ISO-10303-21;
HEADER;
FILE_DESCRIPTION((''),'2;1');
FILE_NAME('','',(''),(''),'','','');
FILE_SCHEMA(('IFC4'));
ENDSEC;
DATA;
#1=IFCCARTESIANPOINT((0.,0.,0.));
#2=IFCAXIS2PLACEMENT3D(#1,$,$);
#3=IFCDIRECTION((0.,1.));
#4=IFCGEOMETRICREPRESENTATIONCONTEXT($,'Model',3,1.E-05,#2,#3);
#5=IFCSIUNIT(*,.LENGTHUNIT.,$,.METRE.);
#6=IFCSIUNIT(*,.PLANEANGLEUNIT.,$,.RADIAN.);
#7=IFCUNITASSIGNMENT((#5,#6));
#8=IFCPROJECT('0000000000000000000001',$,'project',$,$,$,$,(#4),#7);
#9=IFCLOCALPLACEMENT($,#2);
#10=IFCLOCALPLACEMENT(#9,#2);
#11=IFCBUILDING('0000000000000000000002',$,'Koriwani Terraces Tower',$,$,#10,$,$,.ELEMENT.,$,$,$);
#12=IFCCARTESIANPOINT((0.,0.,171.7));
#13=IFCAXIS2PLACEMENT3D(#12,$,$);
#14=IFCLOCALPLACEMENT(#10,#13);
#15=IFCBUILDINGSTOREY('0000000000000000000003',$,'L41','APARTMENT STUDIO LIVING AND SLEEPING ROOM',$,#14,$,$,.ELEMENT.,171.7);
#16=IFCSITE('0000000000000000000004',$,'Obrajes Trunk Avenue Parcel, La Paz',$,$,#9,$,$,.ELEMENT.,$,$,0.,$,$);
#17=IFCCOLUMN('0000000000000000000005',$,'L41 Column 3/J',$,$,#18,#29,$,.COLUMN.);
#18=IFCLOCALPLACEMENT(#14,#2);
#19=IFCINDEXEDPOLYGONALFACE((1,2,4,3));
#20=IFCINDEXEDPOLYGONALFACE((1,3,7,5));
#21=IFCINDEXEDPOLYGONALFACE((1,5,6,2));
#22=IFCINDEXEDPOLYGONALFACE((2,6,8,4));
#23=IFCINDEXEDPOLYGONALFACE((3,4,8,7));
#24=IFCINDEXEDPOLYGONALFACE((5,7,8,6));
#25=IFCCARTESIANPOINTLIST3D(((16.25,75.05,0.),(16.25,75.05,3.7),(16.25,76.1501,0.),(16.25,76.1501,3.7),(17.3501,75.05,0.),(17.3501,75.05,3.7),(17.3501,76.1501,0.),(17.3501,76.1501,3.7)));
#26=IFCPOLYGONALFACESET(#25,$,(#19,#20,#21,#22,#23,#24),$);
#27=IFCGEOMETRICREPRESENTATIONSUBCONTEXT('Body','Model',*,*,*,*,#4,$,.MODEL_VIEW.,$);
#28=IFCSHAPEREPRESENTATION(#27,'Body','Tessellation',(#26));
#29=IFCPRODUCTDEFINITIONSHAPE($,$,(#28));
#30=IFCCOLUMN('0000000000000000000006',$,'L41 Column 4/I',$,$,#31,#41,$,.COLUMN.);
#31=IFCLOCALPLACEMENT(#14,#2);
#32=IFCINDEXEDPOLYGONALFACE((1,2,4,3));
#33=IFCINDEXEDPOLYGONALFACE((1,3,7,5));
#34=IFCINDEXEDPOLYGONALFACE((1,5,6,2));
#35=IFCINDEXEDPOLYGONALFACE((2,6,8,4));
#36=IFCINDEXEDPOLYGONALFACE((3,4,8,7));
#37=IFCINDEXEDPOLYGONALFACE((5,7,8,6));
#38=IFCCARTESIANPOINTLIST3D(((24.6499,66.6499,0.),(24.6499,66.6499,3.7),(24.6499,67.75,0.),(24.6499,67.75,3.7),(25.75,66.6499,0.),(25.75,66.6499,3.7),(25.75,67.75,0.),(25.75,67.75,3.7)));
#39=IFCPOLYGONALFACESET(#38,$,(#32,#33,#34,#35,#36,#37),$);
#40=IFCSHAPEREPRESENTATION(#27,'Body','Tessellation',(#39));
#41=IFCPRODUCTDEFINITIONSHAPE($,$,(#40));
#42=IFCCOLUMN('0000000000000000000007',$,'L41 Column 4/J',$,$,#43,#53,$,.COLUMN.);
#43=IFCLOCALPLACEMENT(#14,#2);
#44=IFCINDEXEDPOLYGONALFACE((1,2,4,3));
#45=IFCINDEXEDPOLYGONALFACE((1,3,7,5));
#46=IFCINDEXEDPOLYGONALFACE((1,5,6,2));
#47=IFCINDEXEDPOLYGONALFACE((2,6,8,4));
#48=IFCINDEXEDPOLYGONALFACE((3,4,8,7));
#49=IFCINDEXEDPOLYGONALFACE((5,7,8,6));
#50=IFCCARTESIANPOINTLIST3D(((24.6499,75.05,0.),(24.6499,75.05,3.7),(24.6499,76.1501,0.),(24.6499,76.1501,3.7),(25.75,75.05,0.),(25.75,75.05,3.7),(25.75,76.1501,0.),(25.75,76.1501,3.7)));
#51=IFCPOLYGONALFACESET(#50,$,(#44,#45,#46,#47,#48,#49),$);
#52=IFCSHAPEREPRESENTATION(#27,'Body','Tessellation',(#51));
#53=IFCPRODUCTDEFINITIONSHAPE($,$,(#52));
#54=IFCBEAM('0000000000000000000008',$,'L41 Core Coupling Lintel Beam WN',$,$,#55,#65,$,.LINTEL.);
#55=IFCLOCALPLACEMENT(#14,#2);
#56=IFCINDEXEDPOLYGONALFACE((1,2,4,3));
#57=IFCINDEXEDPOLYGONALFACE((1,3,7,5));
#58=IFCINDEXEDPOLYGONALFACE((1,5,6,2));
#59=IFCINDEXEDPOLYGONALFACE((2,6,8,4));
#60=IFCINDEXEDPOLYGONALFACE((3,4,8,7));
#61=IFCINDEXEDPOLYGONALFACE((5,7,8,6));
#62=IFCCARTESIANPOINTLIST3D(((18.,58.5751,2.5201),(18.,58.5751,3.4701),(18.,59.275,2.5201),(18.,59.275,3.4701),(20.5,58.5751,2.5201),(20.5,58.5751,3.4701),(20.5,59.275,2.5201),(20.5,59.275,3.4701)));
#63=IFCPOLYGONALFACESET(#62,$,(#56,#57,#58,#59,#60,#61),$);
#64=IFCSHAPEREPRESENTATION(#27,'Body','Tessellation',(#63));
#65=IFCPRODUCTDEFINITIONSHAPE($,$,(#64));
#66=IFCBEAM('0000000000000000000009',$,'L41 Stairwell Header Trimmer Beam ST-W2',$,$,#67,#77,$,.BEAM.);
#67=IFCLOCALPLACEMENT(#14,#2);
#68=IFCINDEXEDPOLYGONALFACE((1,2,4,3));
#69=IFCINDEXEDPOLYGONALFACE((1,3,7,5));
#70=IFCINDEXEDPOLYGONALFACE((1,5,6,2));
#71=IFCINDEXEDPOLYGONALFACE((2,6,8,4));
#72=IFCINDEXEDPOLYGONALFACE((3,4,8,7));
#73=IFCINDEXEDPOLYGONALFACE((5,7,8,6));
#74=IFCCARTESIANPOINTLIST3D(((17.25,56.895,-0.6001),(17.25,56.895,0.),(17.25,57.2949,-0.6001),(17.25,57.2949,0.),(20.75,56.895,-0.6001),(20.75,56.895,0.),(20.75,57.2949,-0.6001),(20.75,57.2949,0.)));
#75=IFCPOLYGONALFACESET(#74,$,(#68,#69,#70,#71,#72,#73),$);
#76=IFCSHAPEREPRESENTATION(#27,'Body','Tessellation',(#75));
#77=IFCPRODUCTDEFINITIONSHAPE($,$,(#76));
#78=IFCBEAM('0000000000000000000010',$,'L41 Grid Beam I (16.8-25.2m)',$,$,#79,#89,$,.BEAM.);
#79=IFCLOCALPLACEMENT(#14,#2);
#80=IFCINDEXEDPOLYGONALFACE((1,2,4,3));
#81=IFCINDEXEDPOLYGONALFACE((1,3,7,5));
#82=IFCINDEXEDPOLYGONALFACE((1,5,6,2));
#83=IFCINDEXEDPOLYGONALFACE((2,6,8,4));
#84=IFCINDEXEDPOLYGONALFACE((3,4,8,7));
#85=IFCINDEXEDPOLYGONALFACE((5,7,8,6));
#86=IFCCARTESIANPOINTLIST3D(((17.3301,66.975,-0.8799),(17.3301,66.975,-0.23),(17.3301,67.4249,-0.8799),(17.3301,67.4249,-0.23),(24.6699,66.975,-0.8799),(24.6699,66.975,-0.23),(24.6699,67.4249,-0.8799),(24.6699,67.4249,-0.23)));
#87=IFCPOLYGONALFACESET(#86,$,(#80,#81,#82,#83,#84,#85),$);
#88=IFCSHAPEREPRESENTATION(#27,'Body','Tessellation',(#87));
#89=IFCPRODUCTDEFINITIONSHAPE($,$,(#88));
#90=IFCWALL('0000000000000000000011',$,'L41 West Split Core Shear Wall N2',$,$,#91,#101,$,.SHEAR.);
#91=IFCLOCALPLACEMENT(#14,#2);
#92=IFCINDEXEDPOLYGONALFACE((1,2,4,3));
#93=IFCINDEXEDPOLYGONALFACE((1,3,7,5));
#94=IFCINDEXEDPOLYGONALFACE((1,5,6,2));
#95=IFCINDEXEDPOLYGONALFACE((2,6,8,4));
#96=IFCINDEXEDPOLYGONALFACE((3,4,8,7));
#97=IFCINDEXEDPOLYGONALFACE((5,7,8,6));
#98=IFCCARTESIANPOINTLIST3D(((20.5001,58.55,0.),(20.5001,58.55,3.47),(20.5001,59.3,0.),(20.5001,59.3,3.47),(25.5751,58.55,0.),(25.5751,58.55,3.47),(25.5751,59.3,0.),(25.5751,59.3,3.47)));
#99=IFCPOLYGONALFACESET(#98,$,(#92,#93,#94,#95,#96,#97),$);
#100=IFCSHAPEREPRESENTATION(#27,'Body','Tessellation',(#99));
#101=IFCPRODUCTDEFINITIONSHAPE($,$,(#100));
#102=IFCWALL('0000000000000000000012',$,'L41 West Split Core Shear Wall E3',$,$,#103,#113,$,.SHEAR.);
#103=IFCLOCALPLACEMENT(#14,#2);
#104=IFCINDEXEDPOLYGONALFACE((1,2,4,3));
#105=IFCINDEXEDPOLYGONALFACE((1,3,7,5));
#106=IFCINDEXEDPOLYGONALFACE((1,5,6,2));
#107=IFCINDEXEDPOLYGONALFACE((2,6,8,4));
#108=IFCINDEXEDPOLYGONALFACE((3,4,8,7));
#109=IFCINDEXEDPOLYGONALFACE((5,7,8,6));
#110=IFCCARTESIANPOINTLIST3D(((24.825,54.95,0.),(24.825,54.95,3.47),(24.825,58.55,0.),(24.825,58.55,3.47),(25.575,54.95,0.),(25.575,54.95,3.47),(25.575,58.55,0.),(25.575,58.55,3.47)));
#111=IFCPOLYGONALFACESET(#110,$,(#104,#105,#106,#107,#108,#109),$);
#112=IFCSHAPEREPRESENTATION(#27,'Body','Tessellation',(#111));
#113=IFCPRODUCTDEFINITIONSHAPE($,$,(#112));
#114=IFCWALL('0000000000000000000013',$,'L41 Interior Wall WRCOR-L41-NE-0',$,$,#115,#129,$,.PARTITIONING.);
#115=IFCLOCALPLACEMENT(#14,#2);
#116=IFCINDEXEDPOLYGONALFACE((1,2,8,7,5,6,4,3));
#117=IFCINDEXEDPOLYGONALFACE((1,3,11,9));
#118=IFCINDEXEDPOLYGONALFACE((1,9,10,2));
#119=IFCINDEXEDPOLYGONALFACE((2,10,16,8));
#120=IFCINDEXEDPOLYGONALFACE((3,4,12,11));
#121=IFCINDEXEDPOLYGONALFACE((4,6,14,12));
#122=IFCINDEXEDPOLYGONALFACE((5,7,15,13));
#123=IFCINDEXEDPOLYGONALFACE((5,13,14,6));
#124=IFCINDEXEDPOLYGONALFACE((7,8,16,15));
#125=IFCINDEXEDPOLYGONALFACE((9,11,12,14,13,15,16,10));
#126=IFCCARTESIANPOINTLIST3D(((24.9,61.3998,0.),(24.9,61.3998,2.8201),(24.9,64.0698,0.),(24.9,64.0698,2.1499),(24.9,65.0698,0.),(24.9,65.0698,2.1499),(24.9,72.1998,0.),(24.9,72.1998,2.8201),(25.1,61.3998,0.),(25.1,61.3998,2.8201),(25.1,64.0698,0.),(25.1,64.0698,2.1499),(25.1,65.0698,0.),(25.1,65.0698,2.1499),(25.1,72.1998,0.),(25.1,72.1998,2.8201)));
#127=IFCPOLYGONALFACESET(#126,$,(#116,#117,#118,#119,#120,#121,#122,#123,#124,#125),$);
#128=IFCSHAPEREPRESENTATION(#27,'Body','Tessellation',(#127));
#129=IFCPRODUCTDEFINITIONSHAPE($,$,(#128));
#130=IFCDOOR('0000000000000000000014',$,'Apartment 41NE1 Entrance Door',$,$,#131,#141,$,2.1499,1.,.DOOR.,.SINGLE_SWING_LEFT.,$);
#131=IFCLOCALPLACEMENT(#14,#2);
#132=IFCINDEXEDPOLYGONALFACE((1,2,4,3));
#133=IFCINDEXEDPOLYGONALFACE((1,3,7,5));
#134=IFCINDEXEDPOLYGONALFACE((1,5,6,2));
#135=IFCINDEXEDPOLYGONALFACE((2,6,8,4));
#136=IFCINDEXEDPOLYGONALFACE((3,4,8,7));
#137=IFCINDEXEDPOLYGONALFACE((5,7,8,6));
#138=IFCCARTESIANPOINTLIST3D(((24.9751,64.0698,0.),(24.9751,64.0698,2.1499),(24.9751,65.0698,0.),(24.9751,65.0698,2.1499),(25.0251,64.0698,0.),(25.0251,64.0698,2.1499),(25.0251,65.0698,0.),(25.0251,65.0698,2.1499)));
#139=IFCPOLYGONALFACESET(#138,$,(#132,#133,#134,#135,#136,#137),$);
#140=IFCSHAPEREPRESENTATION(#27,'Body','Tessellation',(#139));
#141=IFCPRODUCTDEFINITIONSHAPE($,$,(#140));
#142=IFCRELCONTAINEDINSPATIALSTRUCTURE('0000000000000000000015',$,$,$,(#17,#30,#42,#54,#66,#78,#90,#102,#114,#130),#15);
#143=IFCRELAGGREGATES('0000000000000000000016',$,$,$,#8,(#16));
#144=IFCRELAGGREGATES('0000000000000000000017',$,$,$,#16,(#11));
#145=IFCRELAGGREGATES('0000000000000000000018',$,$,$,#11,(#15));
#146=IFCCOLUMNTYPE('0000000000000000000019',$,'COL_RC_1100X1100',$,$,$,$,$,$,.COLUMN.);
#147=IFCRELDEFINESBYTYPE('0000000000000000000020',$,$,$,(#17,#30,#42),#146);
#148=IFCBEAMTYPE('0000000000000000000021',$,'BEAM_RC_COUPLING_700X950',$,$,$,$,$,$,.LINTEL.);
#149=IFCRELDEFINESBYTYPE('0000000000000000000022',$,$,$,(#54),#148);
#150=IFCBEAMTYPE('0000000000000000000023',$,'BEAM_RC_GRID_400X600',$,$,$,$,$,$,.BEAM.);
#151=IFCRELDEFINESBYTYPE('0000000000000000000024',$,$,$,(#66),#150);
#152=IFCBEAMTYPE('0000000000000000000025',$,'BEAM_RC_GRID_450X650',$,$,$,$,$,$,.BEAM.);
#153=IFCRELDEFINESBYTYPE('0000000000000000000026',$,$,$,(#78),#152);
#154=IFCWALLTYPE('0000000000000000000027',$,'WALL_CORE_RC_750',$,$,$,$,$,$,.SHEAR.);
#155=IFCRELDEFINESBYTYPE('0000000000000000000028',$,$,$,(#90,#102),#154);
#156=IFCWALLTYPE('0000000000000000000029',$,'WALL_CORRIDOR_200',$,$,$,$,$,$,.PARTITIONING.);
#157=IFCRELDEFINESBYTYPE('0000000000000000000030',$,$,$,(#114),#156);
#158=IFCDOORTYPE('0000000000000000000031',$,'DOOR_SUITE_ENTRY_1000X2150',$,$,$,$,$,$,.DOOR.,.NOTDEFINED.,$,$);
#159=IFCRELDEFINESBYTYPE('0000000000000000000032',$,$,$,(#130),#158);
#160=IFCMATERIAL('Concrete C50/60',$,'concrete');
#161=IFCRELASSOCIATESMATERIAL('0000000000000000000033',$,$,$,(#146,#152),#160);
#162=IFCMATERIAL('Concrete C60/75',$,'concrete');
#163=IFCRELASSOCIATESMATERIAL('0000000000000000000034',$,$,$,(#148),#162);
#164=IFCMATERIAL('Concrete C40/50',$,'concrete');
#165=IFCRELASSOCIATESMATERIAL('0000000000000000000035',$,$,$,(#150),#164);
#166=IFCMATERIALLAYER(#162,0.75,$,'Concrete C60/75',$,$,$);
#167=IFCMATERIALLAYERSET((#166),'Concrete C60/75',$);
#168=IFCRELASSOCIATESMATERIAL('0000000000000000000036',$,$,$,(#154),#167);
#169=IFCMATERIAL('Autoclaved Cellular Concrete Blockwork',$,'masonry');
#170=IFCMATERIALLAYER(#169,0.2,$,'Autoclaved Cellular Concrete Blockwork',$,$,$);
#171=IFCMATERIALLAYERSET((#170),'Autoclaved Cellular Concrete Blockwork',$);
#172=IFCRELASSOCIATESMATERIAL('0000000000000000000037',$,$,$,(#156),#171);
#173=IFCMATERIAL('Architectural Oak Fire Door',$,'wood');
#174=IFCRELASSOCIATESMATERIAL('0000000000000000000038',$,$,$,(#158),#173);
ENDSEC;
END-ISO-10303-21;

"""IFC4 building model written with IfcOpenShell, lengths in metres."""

from ifc_helpers import new_model, si_unit, direction, frame, frame_2d, origin, origin_2d, place, context, subcontext, project, spatial, rectangle, extrude, material, layer, layer_set, material_profile, profile_set, type_object, element, fill, save


model = new_model("IFC4")

# Units and contexts
model_context = context("Model", 3, precision=1e-05, world=origin(), true_north=direction((0.0, 1.0)))
body_context = subcontext(model_context, "Body", "Model", "MODEL_VIEW")
ifc_project = project(units=[si_unit("LENGTHUNIT", "METRE"), si_unit("PLANEANGLEUNIT", "RADIAN")], contexts=[model_context])

# Site, building, storey
site_placement = place(None, origin())
site = spatial("IfcSite", under=ifc_project, at=site_placement, Name="Obrajes Trunk Avenue Parcel, La Paz", CompositionType="ELEMENT", RefElevation=0.0)
building_placement = place(site_placement, origin())
building = spatial("IfcBuilding", under=site, at=building_placement, Name="Koriwani Terraces Tower", CompositionType="ELEMENT")
storey_placement = place(building_placement, frame((0.0, 0.0, 171.7)))
storey = spatial("IfcBuildingStorey", under=building, at=storey_placement, Name="L41", Description="APARTMENT STUDIO LIVING AND SLEEPING ROOM", CompositionType="ELEMENT", Elevation=171.7)

# Columns
ifc_material_1 = material(Name="Concrete C50/60", Category="concrete")
ifc_material_profile_1 = material_profile(ifc_material_1, rectangle(XDim=1.1001, YDim=1.1001, at=origin_2d()), Name="Concrete C50/60", Category="LoadBearing")
ifc_profile_set_1 = profile_set([ifc_material_profile_1], Name="Concrete C50/60")
column_type = type_object("IfcColumnType", Name="COL_RC_1100X1100", PredefinedType="COLUMN", material=ifc_profile_set_1)
for number, where, z_axis, x_axis, name in (
    (1, (16.8, 75.6001, 0.0), (0.0, 0.0, 1.0), (1.0, 0.0, 0.0), "L41 Column 3/J"),
    (2, (25.2, 67.2, 0.0), (0.0, 0.0, 1.0), (1.0, 0.0, 0.0), "L41 Column 4/I"),
    (3, (25.2, 75.6001, 0.0), (0.0, 0.0, 1.0), (1.0, 0.0, 0.0), "L41 Column 4/J"),
):
    element("IfcColumn", number, at=place(storey_placement, frame(where, z_axis=z_axis, x_axis=x_axis)), inside=storey, type_object=column_type, Name=name, PredefinedType="COLUMN", context=body_context, shape_type="SweptSolid", body=[
        extrude(rectangle(XDim=1.1001, YDim=1.1001, at=origin_2d()), origin(), (0.0, 0.0, 1.0), 3.7),
    ])

# Beams
ifc_material_2 = material(Name="Concrete C60/75", Category="concrete")
ifc_material_profile_2 = material_profile(ifc_material_2, rectangle(XDim=0.7, YDim=0.95, at=origin_2d()), Name="Concrete C60/75", Category="LoadBearing")
ifc_profile_set_2 = profile_set([ifc_material_profile_2], Name="Concrete C60/75")
beam_type_1 = type_object("IfcBeamType", Name="BEAM_RC_COUPLING_700X950", PredefinedType="LINTEL", material=ifc_profile_set_2)
beam_1_placement = place(storey_placement, frame((18.0, 58.925, 2.9951), z_axis=(1.0, 0.0, 0.0), x_axis=(0.0, 1.0, 0.0)))
element("IfcBeam", 4, at=beam_1_placement, inside=storey, type_object=beam_type_1, Name="L41 Core Coupling Lintel Beam WN", PredefinedType="LINTEL", context=body_context, shape_type="SweptSolid", body=[
    extrude(rectangle(XDim=0.7, YDim=0.95, at=origin_2d()), origin(), (0.0, 0.0, 1.0), 2.5),
])
ifc_material_3 = material(Name="Concrete C40/50", Category="concrete")
ifc_material_profile_3 = material_profile(ifc_material_3, rectangle(XDim=0.3999, YDim=0.6001, at=origin_2d()), Name="Concrete C40/50", Category="LoadBearing")
ifc_profile_set_3 = profile_set([ifc_material_profile_3], Name="Concrete C40/50")
beam_type_2 = type_object("IfcBeamType", Name="BEAM_RC_GRID_400X600", PredefinedType="BEAM", material=ifc_profile_set_3)
beam_2_placement = place(storey_placement, frame((17.25, 57.095, -0.3), z_axis=(1.0, 0.0, 0.0), x_axis=(0.0, 1.0, 0.0)))
element("IfcBeam", 5, at=beam_2_placement, inside=storey, type_object=beam_type_2, Name="L41 Stairwell Header Trimmer Beam ST-W2", PredefinedType="BEAM", context=body_context, shape_type="SweptSolid", body=[
    extrude(rectangle(XDim=0.3999, YDim=0.6001, at=origin_2d()), origin(), (0.0, 0.0, 1.0), 3.5),
])
ifc_material_profile_4 = material_profile(ifc_material_1, rectangle(XDim=0.45, YDim=0.6499, at=origin_2d()), Name="Concrete C50/60", Category="LoadBearing")
ifc_profile_set_4 = profile_set([ifc_material_profile_4], Name="Concrete C50/60")
beam_type_3 = type_object("IfcBeamType", Name="BEAM_RC_GRID_450X650", PredefinedType="BEAM", material=ifc_profile_set_4)
beam_3_placement = place(storey_placement, frame((17.3301, 67.2, -0.5549), z_axis=(1.0, 0.0, 0.0), x_axis=(0.0, 1.0, 0.0)))
element("IfcBeam", 6, at=beam_3_placement, inside=storey, type_object=beam_type_3, Name="L41 Grid Beam I (16.8-25.2m)", PredefinedType="BEAM", context=body_context, shape_type="SweptSolid", body=[
    extrude(rectangle(XDim=0.45, YDim=0.6499, at=origin_2d()), origin(), (0.0, 0.0, 1.0), 7.3398),
])

# Walls
ifc_layer_1 = layer(ifc_material_2, 0.75, Name="Concrete C60/75")
ifc_layer_set_1 = layer_set([ifc_layer_1], Name="Concrete C60/75")
wall_type_1 = type_object("IfcWallType", Name="WALL_CORE_RC_750", PredefinedType="SHEAR", material=ifc_layer_set_1)
wall_1_placement = place(storey_placement, frame((20.5, 58.925, 0.0), z_axis=(0.0, 0.0, 1.0), x_axis=(1.0, 0.0, 0.0)))
element("IfcWall", 7, at=wall_1_placement, inside=storey, type_object=wall_type_1, Name="L41 West Split Core Shear Wall N2", PredefinedType="SHEAR", context=body_context, shape_type="SweptSolid", body=[
    extrude(rectangle(XDim=5.075, YDim=0.75, at=frame_2d((2.5376, 0.0))), origin(), (0.0, 0.0, 1.0), 3.47),
])
wall_2_placement = place(storey_placement, frame((25.2, 54.95, 0.0), z_axis=(0.0, 0.0, 1.0), x_axis=(0.0, 1.0, 0.0)))
element("IfcWall", 8, at=wall_2_placement, inside=storey, type_object=wall_type_1, Name="L41 West Split Core Shear Wall E3", PredefinedType="SHEAR", context=body_context, shape_type="SweptSolid", body=[
    extrude(rectangle(XDim=3.6001, YDim=0.75, at=frame_2d((1.8, 0.0))), origin(), (0.0, 0.0, 1.0), 3.47),
])

# Wall, opening, door
ifc_material_4 = material(Name="Autoclaved Cellular Concrete Blockwork", Category="masonry")
ifc_layer_2 = layer(ifc_material_4, 0.2, Name="Autoclaved Cellular Concrete Blockwork")
ifc_layer_set_2 = layer_set([ifc_layer_2], Name="Autoclaved Cellular Concrete Blockwork")
wall_type_2 = type_object("IfcWallType", Name="WALL_CORRIDOR_200", PredefinedType="PARTITIONING", material=ifc_layer_set_2)
wall_3_placement = place(storey_placement, frame((25.0, 61.3999, 0.0), z_axis=(0.0, 0.0, 1.0), x_axis=(0.0, 1.0, 0.0)))
wall_3 = element("IfcWall", 9, at=wall_3_placement, inside=storey, type_object=wall_type_2, Name="L41 Interior Wall WRCOR-L41-NE-0", PredefinedType="PARTITIONING", context=body_context, shape_type="SweptSolid", body=[
    extrude(rectangle(XDim=10.8, YDim=0.2, at=frame_2d((5.3999, 0.0))), origin(), (0.0, 0.0, 1.0), 2.8201),
])
opening_1_placement = place(wall_3_placement, frame((2.6699, 0.0, 0.0)))
opening_1 = element("IfcOpeningElement", 10, at=opening_1_placement, cuts=wall_3, PredefinedType="OPENING", context=body_context, shape_type="SweptSolid", body=[
    extrude(rectangle(XDim=1.0, YDim=2.1499, at=frame_2d((0.5, 1.075))), frame((0.0, 0.1099, 0.0), z_axis=(0.0, -1.0, 0.0), x_axis=(1.0, 0.0, 0.0)), (0.0, 0.0, 1.0), 0.22),
])
ifc_material_5 = material(Name="Architectural Oak Fire Door", Category="wood")
door_type_1 = type_object("IfcDoorType", Name="DOOR_SUITE_ENTRY_1000X2150", OperationType="NOTDEFINED", PredefinedType="DOOR", material=ifc_material_5)
door_1_placement = place(opening_1_placement, origin())
door_1 = element("IfcDoor", 11, at=door_1_placement, inside=storey, type_object=door_type_1, Name="Apartment 41NE1 Entrance Door", OperationType="SINGLE_SWING_LEFT", OverallHeight=2.1499, OverallWidth=1.0, PredefinedType="DOOR", context=body_context, shape_type="SweptSolid", body=[
    extrude(rectangle(XDim=1.0, YDim=2.1499, at=frame_2d((0.5, 1.075))), frame((0.0, 0.0249, 0.0), z_axis=(0.0, -1.0, 0.0), x_axis=(1.0, 0.0, 0.0)), (0.0, 0.0, 1.0), 0.05),
])
fill(opening_1, door_1)

save(model, "model.ifc")
